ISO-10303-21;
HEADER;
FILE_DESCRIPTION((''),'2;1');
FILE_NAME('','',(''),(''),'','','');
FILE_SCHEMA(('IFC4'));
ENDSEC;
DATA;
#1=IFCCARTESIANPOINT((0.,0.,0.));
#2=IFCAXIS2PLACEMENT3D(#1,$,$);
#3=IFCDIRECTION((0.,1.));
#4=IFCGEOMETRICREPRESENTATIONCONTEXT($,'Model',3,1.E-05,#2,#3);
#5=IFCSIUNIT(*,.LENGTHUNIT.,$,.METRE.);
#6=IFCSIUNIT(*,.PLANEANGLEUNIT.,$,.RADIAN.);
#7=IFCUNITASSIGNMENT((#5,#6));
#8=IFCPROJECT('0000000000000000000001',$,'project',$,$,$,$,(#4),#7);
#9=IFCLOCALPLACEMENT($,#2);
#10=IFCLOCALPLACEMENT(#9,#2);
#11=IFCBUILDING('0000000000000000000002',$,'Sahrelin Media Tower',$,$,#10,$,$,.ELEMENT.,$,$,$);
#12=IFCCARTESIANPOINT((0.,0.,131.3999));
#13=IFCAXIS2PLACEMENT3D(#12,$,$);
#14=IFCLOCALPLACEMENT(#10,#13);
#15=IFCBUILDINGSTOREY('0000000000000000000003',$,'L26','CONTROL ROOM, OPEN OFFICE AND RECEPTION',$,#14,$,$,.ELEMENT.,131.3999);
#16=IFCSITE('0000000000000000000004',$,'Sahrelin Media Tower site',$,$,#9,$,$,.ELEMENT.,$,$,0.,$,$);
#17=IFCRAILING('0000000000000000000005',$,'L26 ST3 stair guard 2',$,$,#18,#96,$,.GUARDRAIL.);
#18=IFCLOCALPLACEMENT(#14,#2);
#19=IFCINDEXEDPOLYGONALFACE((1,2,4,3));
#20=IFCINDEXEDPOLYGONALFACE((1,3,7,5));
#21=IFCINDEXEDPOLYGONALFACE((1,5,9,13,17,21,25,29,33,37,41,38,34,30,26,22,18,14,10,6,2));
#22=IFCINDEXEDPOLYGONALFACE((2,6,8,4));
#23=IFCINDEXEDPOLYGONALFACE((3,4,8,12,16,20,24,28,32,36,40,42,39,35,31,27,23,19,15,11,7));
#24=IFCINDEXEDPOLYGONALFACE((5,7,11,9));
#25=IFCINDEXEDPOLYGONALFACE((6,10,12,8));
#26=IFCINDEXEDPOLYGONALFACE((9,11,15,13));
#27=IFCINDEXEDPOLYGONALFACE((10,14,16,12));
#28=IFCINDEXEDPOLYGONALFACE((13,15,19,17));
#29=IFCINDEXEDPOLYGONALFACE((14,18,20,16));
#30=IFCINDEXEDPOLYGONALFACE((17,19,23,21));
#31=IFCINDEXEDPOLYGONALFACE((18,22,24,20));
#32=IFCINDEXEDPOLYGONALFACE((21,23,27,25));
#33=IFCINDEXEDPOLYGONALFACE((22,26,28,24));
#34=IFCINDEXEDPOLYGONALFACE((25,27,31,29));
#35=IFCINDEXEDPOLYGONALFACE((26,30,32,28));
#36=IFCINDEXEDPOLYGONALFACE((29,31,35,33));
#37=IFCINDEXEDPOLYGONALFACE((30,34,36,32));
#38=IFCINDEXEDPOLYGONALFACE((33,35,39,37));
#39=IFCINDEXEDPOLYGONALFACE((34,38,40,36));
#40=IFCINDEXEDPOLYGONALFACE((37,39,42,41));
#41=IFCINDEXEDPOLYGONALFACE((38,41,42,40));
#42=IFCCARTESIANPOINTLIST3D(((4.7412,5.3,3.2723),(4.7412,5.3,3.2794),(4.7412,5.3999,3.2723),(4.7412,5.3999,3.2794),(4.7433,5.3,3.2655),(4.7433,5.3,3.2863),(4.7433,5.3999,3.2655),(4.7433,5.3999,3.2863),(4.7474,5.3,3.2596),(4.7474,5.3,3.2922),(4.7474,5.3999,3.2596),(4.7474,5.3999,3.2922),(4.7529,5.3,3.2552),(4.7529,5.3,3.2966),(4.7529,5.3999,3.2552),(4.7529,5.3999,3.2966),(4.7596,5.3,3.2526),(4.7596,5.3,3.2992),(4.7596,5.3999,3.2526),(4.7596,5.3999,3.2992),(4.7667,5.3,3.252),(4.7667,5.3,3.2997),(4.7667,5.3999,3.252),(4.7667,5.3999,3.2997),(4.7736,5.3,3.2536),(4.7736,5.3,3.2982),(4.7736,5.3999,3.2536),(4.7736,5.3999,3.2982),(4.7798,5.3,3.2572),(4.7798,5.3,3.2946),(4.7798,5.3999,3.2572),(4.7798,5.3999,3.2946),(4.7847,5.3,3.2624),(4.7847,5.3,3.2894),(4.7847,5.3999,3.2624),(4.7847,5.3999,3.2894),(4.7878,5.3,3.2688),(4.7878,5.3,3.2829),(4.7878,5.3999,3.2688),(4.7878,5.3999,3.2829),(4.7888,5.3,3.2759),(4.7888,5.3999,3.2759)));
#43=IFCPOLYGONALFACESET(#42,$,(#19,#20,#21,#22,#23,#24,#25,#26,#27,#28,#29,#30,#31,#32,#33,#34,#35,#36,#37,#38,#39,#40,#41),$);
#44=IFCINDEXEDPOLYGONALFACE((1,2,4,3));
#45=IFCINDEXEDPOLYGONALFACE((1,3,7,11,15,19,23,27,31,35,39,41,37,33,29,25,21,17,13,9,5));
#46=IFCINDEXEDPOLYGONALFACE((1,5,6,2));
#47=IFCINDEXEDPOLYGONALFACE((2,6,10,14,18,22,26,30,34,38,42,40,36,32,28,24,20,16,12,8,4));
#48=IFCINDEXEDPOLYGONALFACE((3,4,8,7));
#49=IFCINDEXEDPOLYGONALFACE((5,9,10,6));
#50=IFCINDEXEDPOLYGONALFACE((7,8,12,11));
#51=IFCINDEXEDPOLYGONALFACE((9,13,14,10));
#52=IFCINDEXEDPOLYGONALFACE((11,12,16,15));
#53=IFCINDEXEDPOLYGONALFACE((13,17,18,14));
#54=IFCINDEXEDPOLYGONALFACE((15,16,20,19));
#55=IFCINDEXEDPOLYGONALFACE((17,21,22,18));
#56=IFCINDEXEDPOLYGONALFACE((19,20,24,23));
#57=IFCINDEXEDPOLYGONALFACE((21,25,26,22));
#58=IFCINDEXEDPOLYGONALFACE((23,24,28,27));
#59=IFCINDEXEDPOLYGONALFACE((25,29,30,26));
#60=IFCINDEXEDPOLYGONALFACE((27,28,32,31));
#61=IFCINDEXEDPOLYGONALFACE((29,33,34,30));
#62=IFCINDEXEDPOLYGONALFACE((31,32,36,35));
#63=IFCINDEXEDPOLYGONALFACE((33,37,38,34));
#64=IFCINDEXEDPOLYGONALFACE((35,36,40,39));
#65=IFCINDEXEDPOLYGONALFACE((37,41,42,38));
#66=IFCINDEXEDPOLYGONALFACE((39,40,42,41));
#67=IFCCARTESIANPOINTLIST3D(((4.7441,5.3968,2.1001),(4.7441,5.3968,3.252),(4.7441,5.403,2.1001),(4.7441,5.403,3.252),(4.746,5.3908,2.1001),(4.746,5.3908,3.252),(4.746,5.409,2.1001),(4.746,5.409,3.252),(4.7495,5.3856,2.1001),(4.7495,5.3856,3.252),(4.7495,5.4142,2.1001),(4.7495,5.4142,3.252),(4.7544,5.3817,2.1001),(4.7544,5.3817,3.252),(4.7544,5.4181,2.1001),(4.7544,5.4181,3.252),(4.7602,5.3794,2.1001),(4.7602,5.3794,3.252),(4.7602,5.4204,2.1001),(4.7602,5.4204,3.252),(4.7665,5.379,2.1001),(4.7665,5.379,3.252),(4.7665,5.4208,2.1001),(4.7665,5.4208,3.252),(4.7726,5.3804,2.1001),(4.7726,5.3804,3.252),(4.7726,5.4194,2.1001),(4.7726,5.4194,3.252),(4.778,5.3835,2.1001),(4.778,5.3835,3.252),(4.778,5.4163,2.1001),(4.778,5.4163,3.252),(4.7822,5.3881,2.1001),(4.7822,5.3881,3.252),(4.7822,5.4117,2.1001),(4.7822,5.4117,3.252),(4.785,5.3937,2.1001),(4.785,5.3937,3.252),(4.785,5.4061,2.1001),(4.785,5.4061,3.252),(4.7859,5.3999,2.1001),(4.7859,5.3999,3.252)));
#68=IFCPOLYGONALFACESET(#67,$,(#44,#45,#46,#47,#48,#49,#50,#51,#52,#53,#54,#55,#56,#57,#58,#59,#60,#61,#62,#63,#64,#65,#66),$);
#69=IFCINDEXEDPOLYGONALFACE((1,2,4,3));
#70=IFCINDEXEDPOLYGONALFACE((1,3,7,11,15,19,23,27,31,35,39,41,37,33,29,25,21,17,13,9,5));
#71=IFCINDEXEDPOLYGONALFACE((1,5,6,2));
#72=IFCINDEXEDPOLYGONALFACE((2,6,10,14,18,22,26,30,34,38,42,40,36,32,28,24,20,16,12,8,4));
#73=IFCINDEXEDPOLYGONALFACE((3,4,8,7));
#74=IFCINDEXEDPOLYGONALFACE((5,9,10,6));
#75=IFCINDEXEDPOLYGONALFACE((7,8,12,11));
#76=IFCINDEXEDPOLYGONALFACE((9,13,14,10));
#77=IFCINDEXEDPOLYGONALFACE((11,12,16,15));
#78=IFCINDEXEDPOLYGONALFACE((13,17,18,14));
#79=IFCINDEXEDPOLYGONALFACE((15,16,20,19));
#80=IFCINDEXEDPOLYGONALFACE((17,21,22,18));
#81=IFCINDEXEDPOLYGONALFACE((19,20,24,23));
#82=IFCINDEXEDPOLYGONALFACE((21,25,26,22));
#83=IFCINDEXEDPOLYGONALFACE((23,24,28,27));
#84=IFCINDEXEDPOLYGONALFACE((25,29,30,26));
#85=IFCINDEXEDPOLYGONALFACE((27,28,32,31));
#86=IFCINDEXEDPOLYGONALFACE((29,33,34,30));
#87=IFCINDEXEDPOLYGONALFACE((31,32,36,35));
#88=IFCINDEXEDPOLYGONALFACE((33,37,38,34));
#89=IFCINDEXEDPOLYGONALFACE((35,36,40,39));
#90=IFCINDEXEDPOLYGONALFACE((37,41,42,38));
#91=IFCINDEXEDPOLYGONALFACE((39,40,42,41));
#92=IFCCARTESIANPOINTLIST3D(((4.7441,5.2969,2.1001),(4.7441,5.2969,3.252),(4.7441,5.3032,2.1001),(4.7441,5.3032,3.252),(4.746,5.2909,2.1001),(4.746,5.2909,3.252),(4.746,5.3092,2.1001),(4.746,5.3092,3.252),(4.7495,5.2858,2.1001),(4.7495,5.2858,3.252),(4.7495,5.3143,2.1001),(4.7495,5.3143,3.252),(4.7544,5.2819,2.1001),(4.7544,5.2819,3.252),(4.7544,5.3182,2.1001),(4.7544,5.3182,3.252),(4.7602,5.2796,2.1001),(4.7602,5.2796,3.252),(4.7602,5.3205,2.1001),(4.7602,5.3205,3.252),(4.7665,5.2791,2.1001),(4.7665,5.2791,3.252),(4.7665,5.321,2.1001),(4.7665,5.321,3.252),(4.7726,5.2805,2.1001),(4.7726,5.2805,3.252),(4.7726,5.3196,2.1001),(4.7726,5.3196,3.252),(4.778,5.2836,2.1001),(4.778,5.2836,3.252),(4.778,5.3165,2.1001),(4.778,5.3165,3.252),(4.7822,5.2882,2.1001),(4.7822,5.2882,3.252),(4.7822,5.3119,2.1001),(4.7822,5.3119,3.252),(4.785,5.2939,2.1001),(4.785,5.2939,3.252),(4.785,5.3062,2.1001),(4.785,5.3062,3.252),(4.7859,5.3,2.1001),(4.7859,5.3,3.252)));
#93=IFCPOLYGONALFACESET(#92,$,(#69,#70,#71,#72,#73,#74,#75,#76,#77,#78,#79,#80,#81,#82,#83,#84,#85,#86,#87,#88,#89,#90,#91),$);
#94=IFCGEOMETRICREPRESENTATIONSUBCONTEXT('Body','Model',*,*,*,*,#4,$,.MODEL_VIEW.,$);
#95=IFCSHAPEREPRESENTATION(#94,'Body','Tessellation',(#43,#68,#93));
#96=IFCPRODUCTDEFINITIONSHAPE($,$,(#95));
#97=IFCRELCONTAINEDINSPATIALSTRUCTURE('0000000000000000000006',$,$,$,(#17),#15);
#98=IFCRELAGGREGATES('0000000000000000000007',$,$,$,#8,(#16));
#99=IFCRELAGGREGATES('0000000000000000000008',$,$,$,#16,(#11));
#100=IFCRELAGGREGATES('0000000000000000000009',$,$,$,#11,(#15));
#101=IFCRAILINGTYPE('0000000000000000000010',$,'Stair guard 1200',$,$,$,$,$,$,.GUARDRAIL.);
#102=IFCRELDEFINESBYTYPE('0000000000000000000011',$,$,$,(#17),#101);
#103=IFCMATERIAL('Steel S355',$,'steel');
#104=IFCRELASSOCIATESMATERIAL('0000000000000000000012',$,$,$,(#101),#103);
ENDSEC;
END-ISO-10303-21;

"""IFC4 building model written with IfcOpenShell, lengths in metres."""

from ifc_helpers import new_model, si_unit, direction, frame, origin, origin_2d, place, context, subcontext, project, spatial, circle, extrude, material, type_object, element, save


model = new_model("IFC4")

# Units and contexts
model_context = context("Model", 3, precision=1e-05, world=origin(), true_north=direction((0.0, 1.0)))
body_context = subcontext(model_context, "Body", "Model", "MODEL_VIEW")
ifc_project = project(units=[si_unit("LENGTHUNIT", "METRE"), si_unit("PLANEANGLEUNIT", "RADIAN")], contexts=[model_context])

# Site, building, storey
site_placement = place(None, origin())
site = spatial("IfcSite", under=ifc_project, at=site_placement, Name="Sahrelin Media Tower site", CompositionType="ELEMENT", RefElevation=0.0)
building_placement = place(site_placement, origin())
building = spatial("IfcBuilding", under=site, at=building_placement, Name="Sahrelin Media Tower", CompositionType="ELEMENT")
storey_placement = place(building_placement, frame((0.0, 0.0, 131.3999)))
storey = spatial("IfcBuildingStorey", under=building, at=storey_placement, Name="L26", Description="CONTROL ROOM, OPEN OFFICE AND RECEPTION", CompositionType="ELEMENT", Elevation=131.3999)

# Shared definitions
ifc_material_1 = material(Name="Steel S355", Category="steel")

# Railing
railing_type_1 = type_object("IfcRailingType", Name="Stair guard 1200", PredefinedType="GUARDRAIL", material=ifc_material_1)
railing_1_placement = place(storey_placement, frame((4.7649, 5.3999, 2.1001)))
element("IfcRailing", 1, at=railing_1_placement, inside=storey, type_object=railing_type_1, Name="L26 ST3 stair guard 2", PredefinedType="GUARDRAIL", context=body_context, shape_type="SweptSolid", body=[
    extrude(circle(Radius=0.0239, at=origin_2d()), frame((0.0, 0.0, 1.1758), z_axis=(0.0, -1.0, 0.0), x_axis=(1.0, 0.0, 0.0)), (0.0, 0.0, 1.0), 0.0999),
    extrude(circle(Radius=0.021, at=origin_2d()), origin(), (0.0, 0.0, 1.0), 1.1519),
    extrude(circle(Radius=0.021, at=origin_2d()), frame((0.0, -0.0999, 0.0)), (0.0, 0.0, 1.0), 1.1519),
])

save(model, "model.ifc")
